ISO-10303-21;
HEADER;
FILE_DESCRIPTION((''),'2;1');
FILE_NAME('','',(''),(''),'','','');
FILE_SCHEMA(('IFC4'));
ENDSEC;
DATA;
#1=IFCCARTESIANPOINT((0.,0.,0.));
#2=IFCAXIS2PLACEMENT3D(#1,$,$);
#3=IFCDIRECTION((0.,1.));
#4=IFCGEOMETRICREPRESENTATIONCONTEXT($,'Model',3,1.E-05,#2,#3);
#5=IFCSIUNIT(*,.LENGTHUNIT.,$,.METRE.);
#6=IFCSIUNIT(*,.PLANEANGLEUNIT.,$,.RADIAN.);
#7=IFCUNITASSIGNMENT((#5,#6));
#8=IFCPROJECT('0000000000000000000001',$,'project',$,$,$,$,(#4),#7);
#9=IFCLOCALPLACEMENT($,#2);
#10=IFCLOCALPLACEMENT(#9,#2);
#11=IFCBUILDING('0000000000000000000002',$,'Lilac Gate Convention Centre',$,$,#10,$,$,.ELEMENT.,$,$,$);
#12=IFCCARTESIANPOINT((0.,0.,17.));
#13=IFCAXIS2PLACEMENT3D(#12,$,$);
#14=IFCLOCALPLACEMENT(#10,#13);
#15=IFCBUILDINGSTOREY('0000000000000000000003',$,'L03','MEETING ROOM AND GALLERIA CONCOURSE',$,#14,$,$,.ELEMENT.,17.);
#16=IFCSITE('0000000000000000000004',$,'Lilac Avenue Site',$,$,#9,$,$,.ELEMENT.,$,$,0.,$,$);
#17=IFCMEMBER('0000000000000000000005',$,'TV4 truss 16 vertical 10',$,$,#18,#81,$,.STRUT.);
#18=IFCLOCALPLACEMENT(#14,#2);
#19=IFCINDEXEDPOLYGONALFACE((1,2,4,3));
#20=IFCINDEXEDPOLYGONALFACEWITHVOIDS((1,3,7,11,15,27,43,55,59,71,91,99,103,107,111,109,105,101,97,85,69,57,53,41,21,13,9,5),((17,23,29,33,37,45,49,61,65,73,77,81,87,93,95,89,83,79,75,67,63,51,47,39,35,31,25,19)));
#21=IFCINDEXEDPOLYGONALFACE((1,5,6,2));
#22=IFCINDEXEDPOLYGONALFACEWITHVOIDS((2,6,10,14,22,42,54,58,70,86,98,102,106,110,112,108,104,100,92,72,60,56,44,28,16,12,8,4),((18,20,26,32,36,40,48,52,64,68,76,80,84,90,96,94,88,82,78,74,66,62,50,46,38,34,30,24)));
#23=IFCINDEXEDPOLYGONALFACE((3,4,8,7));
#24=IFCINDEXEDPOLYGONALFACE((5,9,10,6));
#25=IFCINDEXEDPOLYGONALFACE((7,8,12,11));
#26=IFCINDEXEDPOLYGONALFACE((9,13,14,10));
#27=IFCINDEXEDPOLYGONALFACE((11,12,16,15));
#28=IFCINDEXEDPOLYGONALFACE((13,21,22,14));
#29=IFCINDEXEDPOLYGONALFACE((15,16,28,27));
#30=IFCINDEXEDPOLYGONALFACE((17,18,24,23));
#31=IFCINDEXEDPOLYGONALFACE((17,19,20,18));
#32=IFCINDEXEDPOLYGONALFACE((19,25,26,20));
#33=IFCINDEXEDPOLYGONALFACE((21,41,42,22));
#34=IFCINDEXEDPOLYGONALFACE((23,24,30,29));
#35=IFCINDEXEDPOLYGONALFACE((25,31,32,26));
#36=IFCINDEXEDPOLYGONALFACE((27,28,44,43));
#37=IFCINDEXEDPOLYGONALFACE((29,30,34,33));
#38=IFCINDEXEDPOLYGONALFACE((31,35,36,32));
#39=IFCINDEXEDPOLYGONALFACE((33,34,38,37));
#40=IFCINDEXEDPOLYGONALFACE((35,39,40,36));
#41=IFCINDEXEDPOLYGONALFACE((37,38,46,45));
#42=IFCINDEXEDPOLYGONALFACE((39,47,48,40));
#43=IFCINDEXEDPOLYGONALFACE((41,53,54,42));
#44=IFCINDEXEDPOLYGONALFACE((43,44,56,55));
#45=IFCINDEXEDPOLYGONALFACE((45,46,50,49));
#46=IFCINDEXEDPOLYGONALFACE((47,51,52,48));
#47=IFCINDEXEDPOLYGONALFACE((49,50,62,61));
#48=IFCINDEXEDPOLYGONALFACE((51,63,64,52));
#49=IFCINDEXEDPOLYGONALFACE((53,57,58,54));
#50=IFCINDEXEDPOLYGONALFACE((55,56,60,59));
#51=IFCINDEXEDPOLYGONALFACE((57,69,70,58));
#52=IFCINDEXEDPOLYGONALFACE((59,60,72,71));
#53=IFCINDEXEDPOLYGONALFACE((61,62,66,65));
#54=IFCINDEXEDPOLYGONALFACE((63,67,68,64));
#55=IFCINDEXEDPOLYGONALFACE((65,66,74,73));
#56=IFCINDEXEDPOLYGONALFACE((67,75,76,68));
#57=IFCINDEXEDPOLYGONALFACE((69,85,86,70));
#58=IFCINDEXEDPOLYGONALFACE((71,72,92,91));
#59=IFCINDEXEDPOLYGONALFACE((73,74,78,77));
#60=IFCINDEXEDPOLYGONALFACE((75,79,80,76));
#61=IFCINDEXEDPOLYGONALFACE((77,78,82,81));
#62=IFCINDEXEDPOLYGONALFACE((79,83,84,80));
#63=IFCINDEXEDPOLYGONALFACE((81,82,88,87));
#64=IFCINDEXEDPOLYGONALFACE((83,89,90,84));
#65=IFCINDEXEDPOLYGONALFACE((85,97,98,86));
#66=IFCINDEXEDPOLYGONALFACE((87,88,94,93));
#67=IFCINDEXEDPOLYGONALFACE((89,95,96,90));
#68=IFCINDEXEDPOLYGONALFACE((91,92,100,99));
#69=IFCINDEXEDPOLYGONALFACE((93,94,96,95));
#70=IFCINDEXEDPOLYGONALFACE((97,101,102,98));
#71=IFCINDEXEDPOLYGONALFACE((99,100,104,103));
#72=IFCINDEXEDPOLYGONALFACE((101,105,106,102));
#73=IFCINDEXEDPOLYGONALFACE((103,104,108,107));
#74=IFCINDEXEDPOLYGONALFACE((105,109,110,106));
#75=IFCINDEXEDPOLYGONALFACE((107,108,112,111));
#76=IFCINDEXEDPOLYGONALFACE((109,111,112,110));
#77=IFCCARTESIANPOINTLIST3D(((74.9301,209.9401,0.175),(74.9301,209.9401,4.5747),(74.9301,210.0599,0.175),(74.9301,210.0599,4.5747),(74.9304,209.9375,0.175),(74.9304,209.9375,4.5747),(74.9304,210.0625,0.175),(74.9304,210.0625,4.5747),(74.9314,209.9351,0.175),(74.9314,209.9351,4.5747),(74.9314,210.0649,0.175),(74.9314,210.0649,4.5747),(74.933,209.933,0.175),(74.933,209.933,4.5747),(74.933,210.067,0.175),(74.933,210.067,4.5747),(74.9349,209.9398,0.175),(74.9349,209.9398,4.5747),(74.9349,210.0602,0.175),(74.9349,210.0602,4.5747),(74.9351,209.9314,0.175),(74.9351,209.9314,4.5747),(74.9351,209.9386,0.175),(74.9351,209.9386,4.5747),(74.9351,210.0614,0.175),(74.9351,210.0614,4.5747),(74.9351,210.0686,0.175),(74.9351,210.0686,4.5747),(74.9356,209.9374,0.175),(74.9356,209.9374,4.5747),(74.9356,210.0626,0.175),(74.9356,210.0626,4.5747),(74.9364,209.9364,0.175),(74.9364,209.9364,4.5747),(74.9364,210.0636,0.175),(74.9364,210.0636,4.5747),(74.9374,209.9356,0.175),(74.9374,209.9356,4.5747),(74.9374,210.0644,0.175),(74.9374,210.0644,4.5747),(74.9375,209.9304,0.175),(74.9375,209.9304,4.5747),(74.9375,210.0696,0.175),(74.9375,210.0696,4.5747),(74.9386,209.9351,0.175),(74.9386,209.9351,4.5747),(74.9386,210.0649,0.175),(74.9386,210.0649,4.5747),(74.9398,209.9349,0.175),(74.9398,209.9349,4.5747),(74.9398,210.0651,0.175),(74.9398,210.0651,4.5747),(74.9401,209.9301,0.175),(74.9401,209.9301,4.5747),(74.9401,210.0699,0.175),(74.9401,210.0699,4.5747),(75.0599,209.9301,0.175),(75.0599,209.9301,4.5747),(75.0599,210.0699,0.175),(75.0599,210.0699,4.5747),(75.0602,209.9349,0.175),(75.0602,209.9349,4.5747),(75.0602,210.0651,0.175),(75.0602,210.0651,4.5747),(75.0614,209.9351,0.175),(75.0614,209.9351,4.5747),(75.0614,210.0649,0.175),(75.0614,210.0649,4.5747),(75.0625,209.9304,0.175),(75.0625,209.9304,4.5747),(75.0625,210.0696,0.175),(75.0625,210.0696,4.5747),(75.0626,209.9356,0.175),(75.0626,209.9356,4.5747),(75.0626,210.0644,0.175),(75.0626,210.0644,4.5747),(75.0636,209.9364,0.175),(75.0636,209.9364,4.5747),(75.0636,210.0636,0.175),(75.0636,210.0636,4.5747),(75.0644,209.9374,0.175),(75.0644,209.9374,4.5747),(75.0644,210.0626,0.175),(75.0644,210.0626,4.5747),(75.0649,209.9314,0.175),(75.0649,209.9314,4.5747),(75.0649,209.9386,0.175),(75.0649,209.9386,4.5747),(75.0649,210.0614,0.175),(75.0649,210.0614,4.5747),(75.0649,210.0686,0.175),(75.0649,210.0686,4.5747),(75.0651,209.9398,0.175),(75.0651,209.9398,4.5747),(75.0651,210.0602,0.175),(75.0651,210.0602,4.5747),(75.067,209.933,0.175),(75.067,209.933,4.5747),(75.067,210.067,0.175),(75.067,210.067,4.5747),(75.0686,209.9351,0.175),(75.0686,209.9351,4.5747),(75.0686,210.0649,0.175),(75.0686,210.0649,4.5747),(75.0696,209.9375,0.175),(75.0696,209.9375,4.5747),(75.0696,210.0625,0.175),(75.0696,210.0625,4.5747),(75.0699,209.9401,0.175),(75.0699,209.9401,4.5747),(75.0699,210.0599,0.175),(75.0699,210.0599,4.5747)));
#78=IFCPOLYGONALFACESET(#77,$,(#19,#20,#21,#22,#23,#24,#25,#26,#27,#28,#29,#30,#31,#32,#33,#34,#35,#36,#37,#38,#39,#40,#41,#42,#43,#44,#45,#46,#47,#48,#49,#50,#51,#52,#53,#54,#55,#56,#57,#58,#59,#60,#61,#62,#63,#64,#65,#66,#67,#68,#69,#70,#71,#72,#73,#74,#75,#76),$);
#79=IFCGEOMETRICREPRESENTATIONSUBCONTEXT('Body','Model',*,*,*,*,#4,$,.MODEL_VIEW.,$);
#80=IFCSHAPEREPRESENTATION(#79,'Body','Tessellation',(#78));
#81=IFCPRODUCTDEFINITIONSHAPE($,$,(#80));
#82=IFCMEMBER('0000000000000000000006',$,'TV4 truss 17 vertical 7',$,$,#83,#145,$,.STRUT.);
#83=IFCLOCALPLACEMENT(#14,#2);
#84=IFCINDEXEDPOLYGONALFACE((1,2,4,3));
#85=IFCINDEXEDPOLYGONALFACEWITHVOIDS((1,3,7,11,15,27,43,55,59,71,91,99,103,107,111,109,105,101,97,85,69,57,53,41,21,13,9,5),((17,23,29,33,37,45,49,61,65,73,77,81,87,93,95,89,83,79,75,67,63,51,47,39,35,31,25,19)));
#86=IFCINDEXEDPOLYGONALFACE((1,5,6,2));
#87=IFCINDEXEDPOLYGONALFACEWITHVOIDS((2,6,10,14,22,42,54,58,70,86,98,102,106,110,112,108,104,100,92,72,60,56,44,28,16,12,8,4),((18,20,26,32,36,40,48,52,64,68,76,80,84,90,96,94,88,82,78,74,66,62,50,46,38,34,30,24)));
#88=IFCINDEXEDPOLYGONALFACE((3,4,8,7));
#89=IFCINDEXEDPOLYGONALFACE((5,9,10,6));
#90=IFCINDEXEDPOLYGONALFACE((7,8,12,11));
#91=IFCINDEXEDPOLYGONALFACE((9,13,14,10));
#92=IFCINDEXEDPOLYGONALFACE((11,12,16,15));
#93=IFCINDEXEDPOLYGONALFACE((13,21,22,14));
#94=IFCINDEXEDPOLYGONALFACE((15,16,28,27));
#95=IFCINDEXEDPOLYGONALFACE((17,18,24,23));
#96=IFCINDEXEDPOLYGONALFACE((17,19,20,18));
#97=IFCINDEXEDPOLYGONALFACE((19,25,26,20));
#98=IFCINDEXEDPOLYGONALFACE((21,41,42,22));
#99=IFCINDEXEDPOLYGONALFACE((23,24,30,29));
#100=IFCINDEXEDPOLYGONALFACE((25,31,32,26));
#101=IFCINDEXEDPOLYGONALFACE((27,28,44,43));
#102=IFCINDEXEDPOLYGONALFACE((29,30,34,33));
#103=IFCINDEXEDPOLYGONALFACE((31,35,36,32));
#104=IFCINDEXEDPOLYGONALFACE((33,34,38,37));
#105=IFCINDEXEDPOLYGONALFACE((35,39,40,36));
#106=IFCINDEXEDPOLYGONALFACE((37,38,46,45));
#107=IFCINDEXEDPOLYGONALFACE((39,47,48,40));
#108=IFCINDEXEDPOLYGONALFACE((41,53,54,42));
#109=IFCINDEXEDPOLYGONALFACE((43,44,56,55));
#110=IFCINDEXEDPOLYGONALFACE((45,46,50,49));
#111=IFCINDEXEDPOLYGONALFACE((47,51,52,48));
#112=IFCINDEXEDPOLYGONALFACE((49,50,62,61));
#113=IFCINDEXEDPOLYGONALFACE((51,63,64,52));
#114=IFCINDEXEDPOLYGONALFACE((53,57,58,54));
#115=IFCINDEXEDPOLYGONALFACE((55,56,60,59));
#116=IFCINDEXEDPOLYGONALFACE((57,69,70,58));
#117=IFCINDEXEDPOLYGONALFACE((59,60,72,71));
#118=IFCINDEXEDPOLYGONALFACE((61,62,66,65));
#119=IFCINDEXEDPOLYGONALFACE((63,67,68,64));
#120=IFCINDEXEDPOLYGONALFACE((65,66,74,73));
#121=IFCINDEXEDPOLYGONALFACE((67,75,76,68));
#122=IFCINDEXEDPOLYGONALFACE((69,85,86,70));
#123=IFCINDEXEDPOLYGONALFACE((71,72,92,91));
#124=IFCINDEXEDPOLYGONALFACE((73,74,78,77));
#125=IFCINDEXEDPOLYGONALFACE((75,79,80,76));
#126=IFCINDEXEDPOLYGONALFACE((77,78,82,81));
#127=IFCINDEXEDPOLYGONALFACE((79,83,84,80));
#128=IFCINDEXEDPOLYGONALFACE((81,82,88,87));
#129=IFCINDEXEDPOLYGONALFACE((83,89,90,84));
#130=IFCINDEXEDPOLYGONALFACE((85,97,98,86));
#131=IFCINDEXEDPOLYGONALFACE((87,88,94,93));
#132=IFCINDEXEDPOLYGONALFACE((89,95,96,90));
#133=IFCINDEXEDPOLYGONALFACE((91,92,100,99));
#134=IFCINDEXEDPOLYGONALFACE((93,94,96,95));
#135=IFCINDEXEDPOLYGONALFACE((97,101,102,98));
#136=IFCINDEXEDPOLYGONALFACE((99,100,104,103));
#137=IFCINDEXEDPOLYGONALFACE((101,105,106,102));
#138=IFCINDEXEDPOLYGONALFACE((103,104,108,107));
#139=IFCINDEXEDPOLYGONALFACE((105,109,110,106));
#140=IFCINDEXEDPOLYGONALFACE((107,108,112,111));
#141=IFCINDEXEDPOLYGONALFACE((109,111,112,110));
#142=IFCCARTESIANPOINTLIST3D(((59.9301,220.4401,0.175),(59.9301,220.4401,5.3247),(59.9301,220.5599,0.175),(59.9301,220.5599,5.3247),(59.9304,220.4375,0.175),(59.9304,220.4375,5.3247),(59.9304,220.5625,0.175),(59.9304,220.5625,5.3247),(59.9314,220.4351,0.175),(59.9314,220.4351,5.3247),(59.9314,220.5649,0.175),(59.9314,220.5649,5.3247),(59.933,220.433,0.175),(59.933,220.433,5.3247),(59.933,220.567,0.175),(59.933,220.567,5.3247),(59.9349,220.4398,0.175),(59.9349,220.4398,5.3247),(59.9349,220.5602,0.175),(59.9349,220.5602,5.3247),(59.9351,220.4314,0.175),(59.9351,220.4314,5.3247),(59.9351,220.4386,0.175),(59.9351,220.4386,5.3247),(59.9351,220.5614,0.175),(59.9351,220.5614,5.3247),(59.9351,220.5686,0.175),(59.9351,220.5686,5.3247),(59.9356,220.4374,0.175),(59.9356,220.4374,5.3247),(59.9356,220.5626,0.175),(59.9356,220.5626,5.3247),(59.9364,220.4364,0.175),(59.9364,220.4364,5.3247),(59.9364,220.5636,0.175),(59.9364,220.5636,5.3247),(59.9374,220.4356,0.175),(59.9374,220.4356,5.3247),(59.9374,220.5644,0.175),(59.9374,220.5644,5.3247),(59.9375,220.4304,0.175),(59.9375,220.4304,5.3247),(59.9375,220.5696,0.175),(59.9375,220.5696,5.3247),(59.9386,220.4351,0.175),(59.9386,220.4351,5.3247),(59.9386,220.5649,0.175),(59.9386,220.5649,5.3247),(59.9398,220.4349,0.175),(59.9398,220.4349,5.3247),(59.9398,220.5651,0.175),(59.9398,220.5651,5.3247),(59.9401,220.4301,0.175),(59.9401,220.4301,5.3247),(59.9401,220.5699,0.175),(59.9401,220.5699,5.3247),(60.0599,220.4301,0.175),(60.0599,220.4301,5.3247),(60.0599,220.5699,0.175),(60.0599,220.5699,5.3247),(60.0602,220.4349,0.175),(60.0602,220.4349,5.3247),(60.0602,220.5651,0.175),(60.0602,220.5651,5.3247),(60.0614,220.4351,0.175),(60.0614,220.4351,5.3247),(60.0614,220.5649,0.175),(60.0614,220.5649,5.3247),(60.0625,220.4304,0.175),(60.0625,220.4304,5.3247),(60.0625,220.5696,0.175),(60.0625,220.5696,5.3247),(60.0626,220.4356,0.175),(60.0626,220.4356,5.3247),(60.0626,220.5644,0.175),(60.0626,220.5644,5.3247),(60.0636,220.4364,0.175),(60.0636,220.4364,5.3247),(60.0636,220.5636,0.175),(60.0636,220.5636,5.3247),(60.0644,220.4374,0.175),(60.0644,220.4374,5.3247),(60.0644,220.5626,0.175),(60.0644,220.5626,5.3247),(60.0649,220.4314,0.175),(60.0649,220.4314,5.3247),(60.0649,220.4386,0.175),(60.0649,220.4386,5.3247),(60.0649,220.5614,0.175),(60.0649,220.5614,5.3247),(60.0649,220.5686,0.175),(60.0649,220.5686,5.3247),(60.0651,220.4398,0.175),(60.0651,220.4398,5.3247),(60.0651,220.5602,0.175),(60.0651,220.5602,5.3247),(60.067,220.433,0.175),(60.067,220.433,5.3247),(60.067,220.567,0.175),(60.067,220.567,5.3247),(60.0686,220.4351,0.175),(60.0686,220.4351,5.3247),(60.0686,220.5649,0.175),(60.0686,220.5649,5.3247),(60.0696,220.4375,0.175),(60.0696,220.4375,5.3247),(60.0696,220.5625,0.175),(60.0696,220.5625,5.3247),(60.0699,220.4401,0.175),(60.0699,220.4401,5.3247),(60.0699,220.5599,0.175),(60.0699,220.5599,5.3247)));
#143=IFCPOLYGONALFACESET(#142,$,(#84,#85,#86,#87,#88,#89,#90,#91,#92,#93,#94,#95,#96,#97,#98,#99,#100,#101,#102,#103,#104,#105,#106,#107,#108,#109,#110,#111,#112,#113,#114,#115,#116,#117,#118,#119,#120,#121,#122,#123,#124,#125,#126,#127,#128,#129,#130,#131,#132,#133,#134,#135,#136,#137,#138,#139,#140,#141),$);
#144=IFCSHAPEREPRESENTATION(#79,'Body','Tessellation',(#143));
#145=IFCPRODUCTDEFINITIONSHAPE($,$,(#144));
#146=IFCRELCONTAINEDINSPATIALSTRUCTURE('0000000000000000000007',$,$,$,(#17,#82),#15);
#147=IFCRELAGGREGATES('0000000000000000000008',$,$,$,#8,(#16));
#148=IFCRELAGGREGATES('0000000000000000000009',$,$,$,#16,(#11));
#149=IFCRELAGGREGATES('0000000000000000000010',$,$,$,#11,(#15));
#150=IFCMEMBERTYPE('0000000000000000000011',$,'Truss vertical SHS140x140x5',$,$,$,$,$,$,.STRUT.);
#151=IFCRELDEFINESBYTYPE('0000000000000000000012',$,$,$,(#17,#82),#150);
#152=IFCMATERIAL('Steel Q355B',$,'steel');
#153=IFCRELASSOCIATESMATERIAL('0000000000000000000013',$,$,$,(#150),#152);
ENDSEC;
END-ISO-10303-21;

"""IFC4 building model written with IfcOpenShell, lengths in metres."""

from ifc_helpers import new_model, si_unit, direction, frame, origin, origin_2d, place, context, subcontext, project, spatial, hollow_rectangle, extrude, material, material_profile, profile_set, type_object, element, save


model = new_model("IFC4")

# Units and contexts
model_context = context("Model", 3, precision=1e-05, world=origin(), true_north=direction((0.0, 1.0)))
body_context = subcontext(model_context, "Body", "Model", "MODEL_VIEW")
ifc_project = project(units=[si_unit("LENGTHUNIT", "METRE"), si_unit("PLANEANGLEUNIT", "RADIAN")], contexts=[model_context])

# Site, building, storey
site_placement = place(None, origin())
site = spatial("IfcSite", under=ifc_project, at=site_placement, Name="Lilac Avenue Site", CompositionType="ELEMENT", RefElevation=0.0)
building_placement = place(site_placement, origin())
building = spatial("IfcBuilding", under=site, at=building_placement, Name="Lilac Gate Convention Centre", CompositionType="ELEMENT")
storey_placement = place(building_placement, frame((0.0, 0.0, 17.0)))
storey = spatial("IfcBuildingStorey", under=building, at=storey_placement, Name="L03", Description="MEETING ROOM AND GALLERIA CONCOURSE", CompositionType="ELEMENT", Elevation=17.0)

# Members
ifc_material = material(Name="Steel Q355B", Category="steel")
ifc_material_profile_1 = material_profile(ifc_material, hollow_rectangle(XDim=0.1399, YDim=0.1399, WallThickness=0.0049, InnerFilletRadius=0.0049, OuterFilletRadius=0.01, at=origin_2d()), Name="SHS140x140x5")
ifc_profile_set_1 = profile_set([ifc_material_profile_1], Name="Steel Q355B")
member_type_1 = type_object("IfcMemberType", Name="Truss vertical SHS140x140x5", PredefinedType="STRUT", material=ifc_profile_set_1)
member_1_placement = place(storey_placement, frame((75.0, 210.0, 0.175), z_axis=(0.0, 0.0, 1.0), x_axis=(1.0, 0.0, 0.0)))
element("IfcMember", 1, at=member_1_placement, inside=storey, type_object=member_type_1, Name="TV4 truss 16 vertical 10", PredefinedType="STRUT", context=body_context, shape_type="SweptSolid", body=[
    extrude(hollow_rectangle(XDim=0.1399, YDim=0.1399, WallThickness=0.0049, InnerFilletRadius=0.0049, OuterFilletRadius=0.01, at=origin_2d()), origin(), (0.0, 0.0, 1.0), 4.3997),
])
member_2_placement = place(storey_placement, frame((60.0, 220.5, 0.175), z_axis=(0.0, 0.0, 1.0), x_axis=(1.0, 0.0, 0.0)))
element("IfcMember", 2, at=member_2_placement, inside=storey, type_object=member_type_1, Name="TV4 truss 17 vertical 7", PredefinedType="STRUT", context=body_context, shape_type="SweptSolid", body=[
    extrude(hollow_rectangle(XDim=0.1399, YDim=0.1399, WallThickness=0.0049, InnerFilletRadius=0.0049, OuterFilletRadius=0.01, at=origin_2d()), origin(), (0.0, 0.0, 1.0), 5.1497),
])

save(model, "model.ifc")
